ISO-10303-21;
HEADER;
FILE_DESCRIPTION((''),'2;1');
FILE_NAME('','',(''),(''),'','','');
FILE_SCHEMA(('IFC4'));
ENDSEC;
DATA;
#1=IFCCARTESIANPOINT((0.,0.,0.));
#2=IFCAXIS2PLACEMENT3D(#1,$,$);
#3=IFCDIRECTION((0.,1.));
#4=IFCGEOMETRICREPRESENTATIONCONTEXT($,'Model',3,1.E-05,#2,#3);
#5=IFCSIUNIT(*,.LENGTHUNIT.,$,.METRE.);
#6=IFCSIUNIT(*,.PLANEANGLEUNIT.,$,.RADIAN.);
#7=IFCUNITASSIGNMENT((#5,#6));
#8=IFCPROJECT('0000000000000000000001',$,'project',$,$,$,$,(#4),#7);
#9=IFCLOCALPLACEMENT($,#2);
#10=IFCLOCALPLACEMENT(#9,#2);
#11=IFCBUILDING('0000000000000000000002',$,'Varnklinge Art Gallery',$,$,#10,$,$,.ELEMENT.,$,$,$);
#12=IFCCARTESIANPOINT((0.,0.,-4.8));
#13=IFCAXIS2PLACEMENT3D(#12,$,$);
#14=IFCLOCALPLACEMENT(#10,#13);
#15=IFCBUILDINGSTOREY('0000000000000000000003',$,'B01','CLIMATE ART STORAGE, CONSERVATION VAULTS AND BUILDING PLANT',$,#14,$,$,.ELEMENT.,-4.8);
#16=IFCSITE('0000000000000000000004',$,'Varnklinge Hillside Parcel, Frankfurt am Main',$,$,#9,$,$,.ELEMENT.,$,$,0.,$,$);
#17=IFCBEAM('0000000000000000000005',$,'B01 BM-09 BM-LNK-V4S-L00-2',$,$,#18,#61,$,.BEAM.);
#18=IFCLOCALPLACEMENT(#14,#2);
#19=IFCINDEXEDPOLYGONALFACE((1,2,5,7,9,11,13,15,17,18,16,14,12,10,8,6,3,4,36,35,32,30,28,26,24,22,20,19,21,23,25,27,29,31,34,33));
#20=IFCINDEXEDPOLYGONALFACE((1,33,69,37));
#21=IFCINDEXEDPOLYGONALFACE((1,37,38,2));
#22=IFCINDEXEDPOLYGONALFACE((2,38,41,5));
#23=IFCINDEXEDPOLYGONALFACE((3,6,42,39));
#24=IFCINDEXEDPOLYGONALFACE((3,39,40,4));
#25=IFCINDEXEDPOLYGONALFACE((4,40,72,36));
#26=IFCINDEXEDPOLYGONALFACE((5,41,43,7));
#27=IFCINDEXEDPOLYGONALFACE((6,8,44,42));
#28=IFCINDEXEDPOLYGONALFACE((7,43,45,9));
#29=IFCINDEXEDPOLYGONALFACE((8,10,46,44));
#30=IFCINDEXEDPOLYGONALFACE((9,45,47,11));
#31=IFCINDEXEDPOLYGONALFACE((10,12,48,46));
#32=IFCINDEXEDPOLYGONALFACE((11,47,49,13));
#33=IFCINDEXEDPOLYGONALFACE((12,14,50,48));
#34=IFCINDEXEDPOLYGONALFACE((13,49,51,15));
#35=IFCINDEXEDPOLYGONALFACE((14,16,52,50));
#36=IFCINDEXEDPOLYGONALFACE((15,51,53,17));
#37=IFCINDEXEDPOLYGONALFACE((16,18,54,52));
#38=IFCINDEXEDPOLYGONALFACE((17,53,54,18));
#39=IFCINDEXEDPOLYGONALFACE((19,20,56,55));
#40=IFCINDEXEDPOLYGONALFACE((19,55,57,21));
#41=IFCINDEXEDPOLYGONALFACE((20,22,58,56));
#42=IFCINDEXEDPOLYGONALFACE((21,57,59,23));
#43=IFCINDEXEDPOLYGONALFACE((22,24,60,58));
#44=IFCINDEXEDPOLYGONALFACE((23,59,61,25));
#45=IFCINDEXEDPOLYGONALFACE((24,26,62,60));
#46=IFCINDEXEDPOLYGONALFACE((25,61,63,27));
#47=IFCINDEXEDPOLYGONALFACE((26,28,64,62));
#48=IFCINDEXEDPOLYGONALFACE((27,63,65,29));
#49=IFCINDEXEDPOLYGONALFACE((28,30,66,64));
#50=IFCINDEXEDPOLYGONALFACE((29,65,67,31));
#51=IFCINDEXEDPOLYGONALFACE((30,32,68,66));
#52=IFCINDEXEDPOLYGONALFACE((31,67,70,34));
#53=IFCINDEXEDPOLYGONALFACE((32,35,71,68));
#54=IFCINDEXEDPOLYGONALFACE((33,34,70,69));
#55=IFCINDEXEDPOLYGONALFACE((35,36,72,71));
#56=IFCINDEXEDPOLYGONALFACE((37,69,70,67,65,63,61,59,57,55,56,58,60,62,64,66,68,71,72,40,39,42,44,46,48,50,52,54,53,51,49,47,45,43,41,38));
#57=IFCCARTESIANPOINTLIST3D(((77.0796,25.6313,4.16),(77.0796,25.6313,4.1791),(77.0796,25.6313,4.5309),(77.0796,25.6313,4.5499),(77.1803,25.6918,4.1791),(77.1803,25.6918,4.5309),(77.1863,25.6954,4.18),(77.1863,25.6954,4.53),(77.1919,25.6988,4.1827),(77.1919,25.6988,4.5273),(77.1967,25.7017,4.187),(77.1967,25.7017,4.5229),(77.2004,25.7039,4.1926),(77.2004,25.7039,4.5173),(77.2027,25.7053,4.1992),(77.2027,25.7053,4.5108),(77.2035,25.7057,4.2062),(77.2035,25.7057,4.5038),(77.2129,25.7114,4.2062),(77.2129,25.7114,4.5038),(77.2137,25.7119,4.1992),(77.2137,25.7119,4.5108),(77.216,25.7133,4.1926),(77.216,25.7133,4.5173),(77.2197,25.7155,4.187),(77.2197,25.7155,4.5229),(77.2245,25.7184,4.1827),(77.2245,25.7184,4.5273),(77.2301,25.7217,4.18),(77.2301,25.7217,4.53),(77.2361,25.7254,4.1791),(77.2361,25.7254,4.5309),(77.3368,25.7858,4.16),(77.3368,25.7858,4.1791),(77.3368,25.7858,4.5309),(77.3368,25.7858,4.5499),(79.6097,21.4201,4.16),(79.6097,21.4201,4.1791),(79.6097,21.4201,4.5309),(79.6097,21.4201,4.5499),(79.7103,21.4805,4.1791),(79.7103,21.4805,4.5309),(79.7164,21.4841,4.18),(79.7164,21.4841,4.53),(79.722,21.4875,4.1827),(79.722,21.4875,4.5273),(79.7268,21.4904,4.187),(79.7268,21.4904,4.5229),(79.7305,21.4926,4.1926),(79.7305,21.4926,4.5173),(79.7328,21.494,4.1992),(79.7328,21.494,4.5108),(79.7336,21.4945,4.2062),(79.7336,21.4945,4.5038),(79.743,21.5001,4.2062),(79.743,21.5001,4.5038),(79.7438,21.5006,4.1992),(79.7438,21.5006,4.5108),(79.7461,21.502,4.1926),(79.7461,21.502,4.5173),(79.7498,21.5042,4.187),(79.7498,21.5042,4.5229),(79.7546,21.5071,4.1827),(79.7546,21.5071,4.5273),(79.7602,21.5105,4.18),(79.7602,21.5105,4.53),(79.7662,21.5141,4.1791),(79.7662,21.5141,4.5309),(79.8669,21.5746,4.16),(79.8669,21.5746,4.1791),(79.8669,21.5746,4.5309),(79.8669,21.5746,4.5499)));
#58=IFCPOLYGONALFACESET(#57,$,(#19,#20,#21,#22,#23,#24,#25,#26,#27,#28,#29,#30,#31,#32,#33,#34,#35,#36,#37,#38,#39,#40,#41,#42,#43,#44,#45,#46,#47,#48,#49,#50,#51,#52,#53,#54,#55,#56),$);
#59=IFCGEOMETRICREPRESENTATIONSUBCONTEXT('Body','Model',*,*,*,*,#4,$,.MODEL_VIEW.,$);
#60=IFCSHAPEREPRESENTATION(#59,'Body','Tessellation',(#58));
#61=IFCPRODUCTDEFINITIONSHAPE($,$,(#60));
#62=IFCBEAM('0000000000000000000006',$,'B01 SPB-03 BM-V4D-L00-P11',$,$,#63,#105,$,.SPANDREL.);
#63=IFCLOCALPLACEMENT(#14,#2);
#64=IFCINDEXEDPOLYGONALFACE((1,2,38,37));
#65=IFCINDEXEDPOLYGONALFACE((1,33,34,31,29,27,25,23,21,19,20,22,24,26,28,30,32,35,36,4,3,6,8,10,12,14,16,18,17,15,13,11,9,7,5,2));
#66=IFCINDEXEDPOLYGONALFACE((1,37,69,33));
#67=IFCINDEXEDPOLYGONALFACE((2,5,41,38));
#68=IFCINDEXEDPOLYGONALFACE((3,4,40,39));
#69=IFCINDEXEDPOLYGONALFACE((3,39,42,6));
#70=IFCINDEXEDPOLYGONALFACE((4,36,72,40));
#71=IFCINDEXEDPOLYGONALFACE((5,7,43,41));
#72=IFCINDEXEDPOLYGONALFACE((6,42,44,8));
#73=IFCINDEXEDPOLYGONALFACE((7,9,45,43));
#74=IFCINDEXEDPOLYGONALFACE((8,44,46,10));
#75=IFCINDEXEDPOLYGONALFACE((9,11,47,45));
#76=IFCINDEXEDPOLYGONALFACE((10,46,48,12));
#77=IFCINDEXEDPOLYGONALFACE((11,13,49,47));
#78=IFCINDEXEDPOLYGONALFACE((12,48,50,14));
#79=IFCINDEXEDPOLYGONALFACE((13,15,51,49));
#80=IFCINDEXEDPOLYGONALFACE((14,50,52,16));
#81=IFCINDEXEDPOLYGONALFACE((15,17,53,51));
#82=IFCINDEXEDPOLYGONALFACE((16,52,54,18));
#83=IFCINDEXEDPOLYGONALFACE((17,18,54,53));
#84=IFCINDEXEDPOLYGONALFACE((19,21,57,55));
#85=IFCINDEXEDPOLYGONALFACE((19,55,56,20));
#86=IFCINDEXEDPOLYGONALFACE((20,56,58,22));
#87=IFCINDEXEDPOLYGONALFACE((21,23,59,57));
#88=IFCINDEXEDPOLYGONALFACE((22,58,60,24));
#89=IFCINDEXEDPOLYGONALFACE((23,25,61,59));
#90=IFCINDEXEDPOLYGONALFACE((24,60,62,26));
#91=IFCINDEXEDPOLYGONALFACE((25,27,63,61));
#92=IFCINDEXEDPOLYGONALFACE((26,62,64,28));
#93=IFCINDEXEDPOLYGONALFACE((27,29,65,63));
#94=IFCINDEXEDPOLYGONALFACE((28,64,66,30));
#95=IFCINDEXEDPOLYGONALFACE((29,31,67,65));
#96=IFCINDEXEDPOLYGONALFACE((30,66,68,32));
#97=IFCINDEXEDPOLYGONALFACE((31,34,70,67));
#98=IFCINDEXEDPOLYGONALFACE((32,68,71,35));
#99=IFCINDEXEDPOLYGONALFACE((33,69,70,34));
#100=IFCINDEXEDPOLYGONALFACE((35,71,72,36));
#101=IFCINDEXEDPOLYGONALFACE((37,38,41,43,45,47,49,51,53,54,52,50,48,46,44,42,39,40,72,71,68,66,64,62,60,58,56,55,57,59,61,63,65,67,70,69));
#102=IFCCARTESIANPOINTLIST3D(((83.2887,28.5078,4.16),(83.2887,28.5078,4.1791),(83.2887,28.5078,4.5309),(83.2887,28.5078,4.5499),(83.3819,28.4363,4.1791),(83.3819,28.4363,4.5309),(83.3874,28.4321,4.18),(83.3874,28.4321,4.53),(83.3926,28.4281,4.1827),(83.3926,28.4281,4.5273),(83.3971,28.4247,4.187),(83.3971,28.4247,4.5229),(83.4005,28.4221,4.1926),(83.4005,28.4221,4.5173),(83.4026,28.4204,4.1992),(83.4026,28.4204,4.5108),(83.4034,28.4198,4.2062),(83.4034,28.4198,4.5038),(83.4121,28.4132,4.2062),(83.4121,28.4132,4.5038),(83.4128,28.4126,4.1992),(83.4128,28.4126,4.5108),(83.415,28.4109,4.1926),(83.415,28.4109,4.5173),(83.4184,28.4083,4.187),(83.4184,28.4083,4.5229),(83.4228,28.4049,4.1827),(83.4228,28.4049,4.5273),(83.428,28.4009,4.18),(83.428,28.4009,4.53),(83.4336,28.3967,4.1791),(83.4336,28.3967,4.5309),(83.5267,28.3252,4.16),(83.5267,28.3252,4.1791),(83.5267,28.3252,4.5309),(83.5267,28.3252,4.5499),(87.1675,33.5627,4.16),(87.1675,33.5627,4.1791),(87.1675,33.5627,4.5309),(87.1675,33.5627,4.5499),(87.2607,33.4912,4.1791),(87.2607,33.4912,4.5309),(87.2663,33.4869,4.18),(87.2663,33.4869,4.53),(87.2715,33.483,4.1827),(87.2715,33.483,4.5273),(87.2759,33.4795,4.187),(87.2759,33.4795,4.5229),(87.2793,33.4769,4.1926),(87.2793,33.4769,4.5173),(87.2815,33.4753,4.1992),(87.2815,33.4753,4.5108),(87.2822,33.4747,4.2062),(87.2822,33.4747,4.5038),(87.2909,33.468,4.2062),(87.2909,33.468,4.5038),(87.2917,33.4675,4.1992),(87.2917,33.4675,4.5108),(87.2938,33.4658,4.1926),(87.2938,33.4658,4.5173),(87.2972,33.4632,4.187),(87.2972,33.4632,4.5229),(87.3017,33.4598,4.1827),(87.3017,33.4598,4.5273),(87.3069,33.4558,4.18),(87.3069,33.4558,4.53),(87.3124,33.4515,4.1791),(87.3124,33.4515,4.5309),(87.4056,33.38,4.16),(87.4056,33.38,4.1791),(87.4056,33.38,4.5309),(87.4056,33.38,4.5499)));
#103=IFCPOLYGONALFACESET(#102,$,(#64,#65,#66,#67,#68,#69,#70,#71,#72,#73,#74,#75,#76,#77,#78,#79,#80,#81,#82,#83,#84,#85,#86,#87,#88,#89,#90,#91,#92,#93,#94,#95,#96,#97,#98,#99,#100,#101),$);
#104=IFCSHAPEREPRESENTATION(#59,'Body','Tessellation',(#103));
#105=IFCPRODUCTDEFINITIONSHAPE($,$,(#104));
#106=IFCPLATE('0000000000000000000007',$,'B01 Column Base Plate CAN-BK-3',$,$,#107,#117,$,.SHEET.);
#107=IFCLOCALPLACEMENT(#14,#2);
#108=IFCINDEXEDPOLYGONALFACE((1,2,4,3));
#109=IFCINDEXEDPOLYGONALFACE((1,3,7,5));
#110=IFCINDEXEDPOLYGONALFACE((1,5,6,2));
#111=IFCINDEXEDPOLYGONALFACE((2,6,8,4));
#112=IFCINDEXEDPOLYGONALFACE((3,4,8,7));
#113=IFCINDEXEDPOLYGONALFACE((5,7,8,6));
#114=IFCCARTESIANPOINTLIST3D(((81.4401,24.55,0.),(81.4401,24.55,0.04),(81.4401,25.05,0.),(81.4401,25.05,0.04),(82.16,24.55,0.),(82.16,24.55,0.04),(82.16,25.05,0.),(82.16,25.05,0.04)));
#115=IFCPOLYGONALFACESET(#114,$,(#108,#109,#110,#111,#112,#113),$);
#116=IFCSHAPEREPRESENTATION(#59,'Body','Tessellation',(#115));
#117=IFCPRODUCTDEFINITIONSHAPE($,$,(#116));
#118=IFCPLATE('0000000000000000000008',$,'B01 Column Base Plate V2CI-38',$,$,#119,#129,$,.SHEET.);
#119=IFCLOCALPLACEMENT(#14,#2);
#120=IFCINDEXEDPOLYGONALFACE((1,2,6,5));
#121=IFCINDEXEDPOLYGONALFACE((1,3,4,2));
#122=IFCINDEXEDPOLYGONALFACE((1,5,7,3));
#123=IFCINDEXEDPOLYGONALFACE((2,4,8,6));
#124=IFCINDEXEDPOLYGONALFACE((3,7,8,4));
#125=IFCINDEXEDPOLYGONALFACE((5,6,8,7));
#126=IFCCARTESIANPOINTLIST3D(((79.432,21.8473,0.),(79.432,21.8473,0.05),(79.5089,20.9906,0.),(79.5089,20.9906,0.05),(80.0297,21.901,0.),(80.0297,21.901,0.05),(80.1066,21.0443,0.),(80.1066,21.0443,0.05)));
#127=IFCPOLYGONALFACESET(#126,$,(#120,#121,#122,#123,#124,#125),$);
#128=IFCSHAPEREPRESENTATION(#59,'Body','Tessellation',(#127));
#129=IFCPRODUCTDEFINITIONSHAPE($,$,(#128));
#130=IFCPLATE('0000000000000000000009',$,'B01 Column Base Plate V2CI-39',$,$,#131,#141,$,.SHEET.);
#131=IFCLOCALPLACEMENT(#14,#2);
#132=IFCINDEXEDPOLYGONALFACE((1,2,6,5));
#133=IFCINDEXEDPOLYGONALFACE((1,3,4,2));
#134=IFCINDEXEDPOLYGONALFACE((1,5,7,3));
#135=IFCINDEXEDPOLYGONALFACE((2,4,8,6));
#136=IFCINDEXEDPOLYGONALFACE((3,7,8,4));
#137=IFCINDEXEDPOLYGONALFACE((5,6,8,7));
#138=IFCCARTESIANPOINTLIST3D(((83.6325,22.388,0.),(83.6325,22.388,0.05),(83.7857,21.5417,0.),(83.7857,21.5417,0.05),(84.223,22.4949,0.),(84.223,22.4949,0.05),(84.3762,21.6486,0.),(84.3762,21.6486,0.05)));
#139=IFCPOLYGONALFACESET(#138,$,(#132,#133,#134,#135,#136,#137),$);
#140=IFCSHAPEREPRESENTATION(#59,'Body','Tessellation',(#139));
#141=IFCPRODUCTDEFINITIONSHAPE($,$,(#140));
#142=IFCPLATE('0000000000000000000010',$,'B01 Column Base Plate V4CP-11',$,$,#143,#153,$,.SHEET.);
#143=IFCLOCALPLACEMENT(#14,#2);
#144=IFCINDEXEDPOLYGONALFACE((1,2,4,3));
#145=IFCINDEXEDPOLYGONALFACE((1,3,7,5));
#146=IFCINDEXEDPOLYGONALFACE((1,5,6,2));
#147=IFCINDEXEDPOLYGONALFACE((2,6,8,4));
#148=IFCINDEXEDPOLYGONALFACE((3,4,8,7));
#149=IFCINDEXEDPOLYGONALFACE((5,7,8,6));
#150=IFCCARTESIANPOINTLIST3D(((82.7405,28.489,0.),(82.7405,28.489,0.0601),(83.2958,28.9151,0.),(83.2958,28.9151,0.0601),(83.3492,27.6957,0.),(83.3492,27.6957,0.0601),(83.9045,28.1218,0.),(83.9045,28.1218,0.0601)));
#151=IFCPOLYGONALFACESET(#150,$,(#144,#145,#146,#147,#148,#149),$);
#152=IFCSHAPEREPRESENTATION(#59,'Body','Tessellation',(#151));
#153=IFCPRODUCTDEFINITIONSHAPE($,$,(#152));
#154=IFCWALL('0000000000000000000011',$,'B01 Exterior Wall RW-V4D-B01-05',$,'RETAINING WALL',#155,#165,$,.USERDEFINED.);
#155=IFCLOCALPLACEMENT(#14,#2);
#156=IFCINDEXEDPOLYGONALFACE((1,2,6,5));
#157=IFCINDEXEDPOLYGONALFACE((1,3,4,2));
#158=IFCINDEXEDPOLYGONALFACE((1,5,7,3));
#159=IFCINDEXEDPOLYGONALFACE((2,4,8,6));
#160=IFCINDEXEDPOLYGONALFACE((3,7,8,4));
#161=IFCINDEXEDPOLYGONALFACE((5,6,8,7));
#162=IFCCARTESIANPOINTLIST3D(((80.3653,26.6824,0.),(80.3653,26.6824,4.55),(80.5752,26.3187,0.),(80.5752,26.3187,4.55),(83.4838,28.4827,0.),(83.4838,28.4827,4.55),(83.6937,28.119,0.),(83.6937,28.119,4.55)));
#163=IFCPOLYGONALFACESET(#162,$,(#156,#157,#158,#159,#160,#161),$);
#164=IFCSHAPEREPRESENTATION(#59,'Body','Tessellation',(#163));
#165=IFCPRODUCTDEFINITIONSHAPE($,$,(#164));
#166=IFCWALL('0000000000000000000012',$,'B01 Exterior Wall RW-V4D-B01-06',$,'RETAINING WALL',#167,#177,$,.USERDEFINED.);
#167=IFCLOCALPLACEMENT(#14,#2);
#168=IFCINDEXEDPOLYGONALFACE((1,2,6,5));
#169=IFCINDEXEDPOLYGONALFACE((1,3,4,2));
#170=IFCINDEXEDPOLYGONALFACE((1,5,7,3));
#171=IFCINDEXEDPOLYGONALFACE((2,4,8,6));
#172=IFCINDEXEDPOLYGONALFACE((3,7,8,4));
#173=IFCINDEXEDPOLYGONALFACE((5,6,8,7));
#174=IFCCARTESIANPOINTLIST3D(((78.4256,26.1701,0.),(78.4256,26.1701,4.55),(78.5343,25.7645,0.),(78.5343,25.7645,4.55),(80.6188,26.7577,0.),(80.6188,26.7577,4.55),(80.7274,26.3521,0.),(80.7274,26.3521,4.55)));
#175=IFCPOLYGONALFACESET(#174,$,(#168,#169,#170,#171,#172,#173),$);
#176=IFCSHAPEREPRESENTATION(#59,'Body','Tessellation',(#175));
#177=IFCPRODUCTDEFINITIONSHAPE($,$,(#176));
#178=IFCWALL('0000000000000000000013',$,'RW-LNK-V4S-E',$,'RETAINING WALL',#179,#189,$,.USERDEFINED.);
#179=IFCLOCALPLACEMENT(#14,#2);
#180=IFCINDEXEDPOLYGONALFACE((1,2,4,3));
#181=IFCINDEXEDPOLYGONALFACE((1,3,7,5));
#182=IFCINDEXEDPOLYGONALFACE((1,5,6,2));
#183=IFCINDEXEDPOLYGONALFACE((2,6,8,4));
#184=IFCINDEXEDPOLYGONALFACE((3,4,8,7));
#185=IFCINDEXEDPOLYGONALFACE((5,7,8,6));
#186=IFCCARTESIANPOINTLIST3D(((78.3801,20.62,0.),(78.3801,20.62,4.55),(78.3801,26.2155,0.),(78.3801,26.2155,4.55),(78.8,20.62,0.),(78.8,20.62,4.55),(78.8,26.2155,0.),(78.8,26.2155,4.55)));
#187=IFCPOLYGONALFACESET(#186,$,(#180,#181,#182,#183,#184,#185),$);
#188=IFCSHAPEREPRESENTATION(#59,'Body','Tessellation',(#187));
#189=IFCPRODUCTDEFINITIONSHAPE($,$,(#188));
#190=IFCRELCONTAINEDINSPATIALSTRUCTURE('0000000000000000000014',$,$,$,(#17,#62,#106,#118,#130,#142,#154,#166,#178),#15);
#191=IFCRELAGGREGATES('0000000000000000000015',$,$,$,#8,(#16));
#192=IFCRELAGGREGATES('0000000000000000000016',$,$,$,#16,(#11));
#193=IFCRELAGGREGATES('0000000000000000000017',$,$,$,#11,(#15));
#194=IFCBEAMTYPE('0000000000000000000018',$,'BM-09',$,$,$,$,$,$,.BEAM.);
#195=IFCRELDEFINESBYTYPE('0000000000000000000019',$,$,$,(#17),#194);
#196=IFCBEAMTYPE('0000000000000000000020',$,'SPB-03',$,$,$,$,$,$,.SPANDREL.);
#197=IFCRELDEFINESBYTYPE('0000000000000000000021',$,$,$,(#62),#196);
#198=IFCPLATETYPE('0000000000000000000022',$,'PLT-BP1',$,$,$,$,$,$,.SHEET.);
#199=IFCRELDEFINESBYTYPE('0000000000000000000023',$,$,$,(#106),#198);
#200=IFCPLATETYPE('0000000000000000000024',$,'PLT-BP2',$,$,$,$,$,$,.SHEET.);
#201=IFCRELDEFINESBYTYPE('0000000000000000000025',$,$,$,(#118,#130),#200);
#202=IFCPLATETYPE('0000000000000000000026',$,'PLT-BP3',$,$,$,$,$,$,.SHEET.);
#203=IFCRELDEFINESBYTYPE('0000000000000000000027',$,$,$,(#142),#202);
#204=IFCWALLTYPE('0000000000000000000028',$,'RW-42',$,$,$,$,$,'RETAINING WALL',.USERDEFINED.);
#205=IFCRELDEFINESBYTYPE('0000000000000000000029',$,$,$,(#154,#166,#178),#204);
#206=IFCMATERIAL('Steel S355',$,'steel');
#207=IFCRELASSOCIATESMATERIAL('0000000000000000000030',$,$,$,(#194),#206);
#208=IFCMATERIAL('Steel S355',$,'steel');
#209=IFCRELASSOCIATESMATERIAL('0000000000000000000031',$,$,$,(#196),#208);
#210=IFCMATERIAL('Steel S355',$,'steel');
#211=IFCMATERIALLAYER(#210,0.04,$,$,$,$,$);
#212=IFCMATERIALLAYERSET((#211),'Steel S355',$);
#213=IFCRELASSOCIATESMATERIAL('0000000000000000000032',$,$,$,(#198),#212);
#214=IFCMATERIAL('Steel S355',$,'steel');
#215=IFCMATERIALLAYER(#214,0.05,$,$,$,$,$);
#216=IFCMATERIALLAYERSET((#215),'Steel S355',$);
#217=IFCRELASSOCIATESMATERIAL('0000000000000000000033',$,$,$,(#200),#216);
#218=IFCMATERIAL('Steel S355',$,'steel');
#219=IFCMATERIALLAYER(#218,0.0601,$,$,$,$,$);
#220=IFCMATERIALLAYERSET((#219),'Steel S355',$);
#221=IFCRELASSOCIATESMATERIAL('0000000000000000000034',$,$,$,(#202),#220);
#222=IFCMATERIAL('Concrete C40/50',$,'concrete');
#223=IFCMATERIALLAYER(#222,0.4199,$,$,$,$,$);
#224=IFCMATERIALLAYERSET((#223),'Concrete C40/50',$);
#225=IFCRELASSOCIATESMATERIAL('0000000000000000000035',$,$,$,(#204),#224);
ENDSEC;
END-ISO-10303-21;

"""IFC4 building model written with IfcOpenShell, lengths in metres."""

from ifc_helpers import new_model, si_unit, direction, frame, frame_2d, origin, origin_2d, place, context, subcontext, project, spatial, rectangle, i_section, extrude, material, layer, layer_set, material_profile, profile_set, type_object, element, save


model = new_model("IFC4")

# Units and contexts
model_context = context("Model", 3, precision=1e-05, world=origin(), true_north=direction((0.0, 1.0)))
body_context = subcontext(model_context, "Body", "Model", "MODEL_VIEW")
ifc_project = project(units=[si_unit("LENGTHUNIT", "METRE"), si_unit("PLANEANGLEUNIT", "RADIAN")], contexts=[model_context])

# Site, building, storey
site_placement = place(None, origin())
site = spatial("IfcSite", under=ifc_project, at=site_placement, Name="Varnklinge Hillside Parcel, Frankfurt am Main", CompositionType="ELEMENT", RefElevation=0.0)
building_placement = place(site_placement, origin())
building = spatial("IfcBuilding", under=site, at=building_placement, Name="Varnklinge Art Gallery", CompositionType="ELEMENT")
storey_placement = place(building_placement, frame((0.0, 0.0, -4.8)))
storey = spatial("IfcBuildingStorey", under=building, at=storey_placement, Name="B01", Description="CLIMATE ART STORAGE, CONSERVATION VAULTS AND BUILDING PLANT", CompositionType="ELEMENT", Elevation=-4.8)

# Beams
ifc_material_1 = material(Name="Steel S355", Category="steel")
ifc_material_profile_1 = material_profile(ifc_material_1, i_section(OverallWidth=0.3, OverallDepth=0.3899, WebThickness=0.011, FlangeThickness=0.019, FilletRadius=0.0271, at=origin_2d()), Name="HEA 400")
ifc_profile_set_1 = profile_set([ifc_material_profile_1], Name="Steel S355")
beam_type_1 = type_object("IfcBeamType", Name="BM-09", PredefinedType="BEAM", material=ifc_profile_set_1)
beam_1_placement = place(storey_placement, frame((79.7383, 21.4973, 4.355), z_axis=(-0.514993, 0.857195, 0.0), x_axis=(-0.857195, -0.514993, 0.0)))
element("IfcBeam", 1, at=beam_1_placement, inside=storey, type_object=beam_type_1, Name="B01 BM-09 BM-LNK-V4S-L00-2", PredefinedType="BEAM", context=body_context, shape_type="SweptSolid", body=[
    extrude(i_section(OverallWidth=0.3, OverallDepth=0.3899, WebThickness=0.011, FlangeThickness=0.019, FilletRadius=0.0271, at=origin_2d()), origin(), (0.0, 0.0, 1.0), 4.9128),
])
ifc_material_2 = material(Name="Steel S355", Category="steel")
ifc_material_profile_2 = material_profile(ifc_material_2, i_section(OverallWidth=0.3, OverallDepth=0.3899, WebThickness=0.011, FlangeThickness=0.019, FilletRadius=0.0271, at=origin_2d()), Name="HEA 400")
ifc_profile_set_2 = profile_set([ifc_material_profile_2], Name="Steel S355")
beam_type_2 = type_object("IfcBeamType", Name="SPB-03", PredefinedType="SPANDREL", material=ifc_profile_set_2)
beam_2_placement = place(storey_placement, frame((83.4077, 28.4165, 4.355), z_axis=(0.608773, 0.793344, 0.0), x_axis=(-0.793344, 0.608773, 0.0)))
element("IfcBeam", 2, at=beam_2_placement, inside=storey, type_object=beam_type_2, Name="B01 SPB-03 BM-V4D-L00-P11", PredefinedType="SPANDREL", context=body_context, shape_type="SweptSolid", body=[
    extrude(i_section(OverallWidth=0.3, OverallDepth=0.3899, WebThickness=0.011, FlangeThickness=0.019, FilletRadius=0.0271, at=origin_2d()), origin(), (0.0, 0.0, 1.0), 6.3716),
])

# Plates
ifc_material_3 = material(Name="Steel S355", Category="steel")
ifc_layer_1 = layer(ifc_material_3, 0.04)
ifc_layer_set_1 = layer_set([ifc_layer_1], Name="Steel S355")
plate_type_1 = type_object("IfcPlateType", Name="PLT-BP1", PredefinedType="SHEET", material=ifc_layer_set_1)
plate_1_placement = place(storey_placement, frame((81.8, 24.8, 0.0), z_axis=(0.0, 0.0, 1.0), x_axis=(1.0, 0.0, 0.0)))
element("IfcPlate", 3, at=plate_1_placement, inside=storey, type_object=plate_type_1, Name="B01 Column Base Plate CAN-BK-3", PredefinedType="SHEET", context=body_context, shape_type="SweptSolid", body=[
    extrude(rectangle(XDim=0.72, YDim=0.5, at=origin_2d()), origin(), (0.0, 0.0, 1.0), 0.04),
])
ifc_material_4 = material(Name="Steel S355", Category="steel")
ifc_layer_2 = layer(ifc_material_4, 0.05)
ifc_layer_set_2 = layer_set([ifc_layer_2], Name="Steel S355")
plate_type_2 = type_object("IfcPlateType", Name="PLT-BP2", PredefinedType="SHEET", material=ifc_layer_set_2)
for number, where, z_axis, x_axis, name in (
    (4, (79.7693, 21.4458, 0.0), (0.0, 0.0, 1.0), (-0.089416, 0.995994, 0.0), "B01 Column Base Plate V2CI-38"),
    (5, (84.0044, 22.0183, 0.0), (0.0, 0.0, 1.0), (-0.178115, 0.98401, 0.0), "B01 Column Base Plate V2CI-39"),
):
    element("IfcPlate", number, at=place(storey_placement, frame(where, z_axis=z_axis, x_axis=x_axis)), inside=storey, type_object=plate_type_2, Name=name, PredefinedType="SHEET", context=body_context, shape_type="SweptSolid", body=[
        extrude(rectangle(XDim=0.8601, YDim=0.6001, at=origin_2d()), origin(), (0.0, 0.0, 1.0), 0.05),
    ])
ifc_material_5 = material(Name="Steel S355", Category="steel")
ifc_layer_3 = layer(ifc_material_5, 0.0601)
ifc_layer_set_3 = layer_set([ifc_layer_3], Name="Steel S355")
plate_type_3 = type_object("IfcPlateType", Name="PLT-BP3", PredefinedType="SHEET", material=ifc_layer_set_3)
plate_2_placement = place(storey_placement, frame((83.3225, 28.3054, 0.0), z_axis=(0.0, 0.0, 1.0), x_axis=(0.608761, -0.793353, 0.0)))
element("IfcPlate", 6, at=plate_2_placement, inside=storey, type_object=plate_type_3, Name="B01 Column Base Plate V4CP-11", PredefinedType="SHEET", context=body_context, shape_type="SweptSolid", body=[
    extrude(rectangle(XDim=1.0, YDim=0.7, at=origin_2d()), origin(), (0.0, 0.0, 1.0), 0.0601),
])

# Walls
ifc_material_6 = material(Name="Concrete C40/50", Category="concrete")
ifc_layer_4 = layer(ifc_material_6, 0.4199)
ifc_layer_set_4 = layer_set([ifc_layer_4], Name="Concrete C40/50")
wall_type = type_object("IfcWallType", Name="RW-42", ElementType="RETAINING WALL", PredefinedType="USERDEFINED", material=ifc_layer_set_4)
wall_1_placement = place(storey_placement, frame((83.5886, 28.3008, 0.0), z_axis=(0.0, 0.0, 1.0), x_axis=(-0.86604, -0.499975, 0.0)))
element("IfcWall", 7, at=wall_1_placement, inside=storey, type_object=wall_type, Name="B01 Exterior Wall RW-V4D-B01-05", ObjectType="RETAINING WALL", PredefinedType="USERDEFINED", context=body_context, shape_type="SweptSolid", body=[
    extrude(rectangle(XDim=3.6008, YDim=0.4199, at=frame_2d((1.8003, 0.0))), origin(), (0.0, 0.0, 1.0), 4.55),
])
wall_2_placement = place(storey_placement, frame((80.6731, 26.5549, 0.0), z_axis=(0.0, 0.0, 1.0), x_axis=(-0.965925, -0.25882, 0.0)))
element("IfcWall", 8, at=wall_2_placement, inside=storey, type_object=wall_type, Name="B01 Exterior Wall RW-V4D-B01-06", ObjectType="RETAINING WALL", PredefinedType="USERDEFINED", context=body_context, shape_type="SweptSolid", body=[
    extrude(rectangle(XDim=2.2705, YDim=0.4199, at=frame_2d((1.1353, 0.0))), origin(), (0.0, 0.0, 1.0), 4.55),
])
wall_3_placement = place(storey_placement, frame((78.5901, 26.2156, 0.0), z_axis=(0.0, 0.0, 1.0), x_axis=(0.0, -1.0, 0.0)))
element("IfcWall", 9, at=wall_3_placement, inside=storey, type_object=wall_type, Name="RW-LNK-V4S-E", ObjectType="RETAINING WALL", PredefinedType="USERDEFINED", context=body_context, shape_type="SweptSolid", body=[
    extrude(rectangle(XDim=5.5955, YDim=0.4199, at=frame_2d((2.7979, 0.0))), origin(), (0.0, 0.0, 1.0), 4.55),
])

save(model, "model.ifc")
